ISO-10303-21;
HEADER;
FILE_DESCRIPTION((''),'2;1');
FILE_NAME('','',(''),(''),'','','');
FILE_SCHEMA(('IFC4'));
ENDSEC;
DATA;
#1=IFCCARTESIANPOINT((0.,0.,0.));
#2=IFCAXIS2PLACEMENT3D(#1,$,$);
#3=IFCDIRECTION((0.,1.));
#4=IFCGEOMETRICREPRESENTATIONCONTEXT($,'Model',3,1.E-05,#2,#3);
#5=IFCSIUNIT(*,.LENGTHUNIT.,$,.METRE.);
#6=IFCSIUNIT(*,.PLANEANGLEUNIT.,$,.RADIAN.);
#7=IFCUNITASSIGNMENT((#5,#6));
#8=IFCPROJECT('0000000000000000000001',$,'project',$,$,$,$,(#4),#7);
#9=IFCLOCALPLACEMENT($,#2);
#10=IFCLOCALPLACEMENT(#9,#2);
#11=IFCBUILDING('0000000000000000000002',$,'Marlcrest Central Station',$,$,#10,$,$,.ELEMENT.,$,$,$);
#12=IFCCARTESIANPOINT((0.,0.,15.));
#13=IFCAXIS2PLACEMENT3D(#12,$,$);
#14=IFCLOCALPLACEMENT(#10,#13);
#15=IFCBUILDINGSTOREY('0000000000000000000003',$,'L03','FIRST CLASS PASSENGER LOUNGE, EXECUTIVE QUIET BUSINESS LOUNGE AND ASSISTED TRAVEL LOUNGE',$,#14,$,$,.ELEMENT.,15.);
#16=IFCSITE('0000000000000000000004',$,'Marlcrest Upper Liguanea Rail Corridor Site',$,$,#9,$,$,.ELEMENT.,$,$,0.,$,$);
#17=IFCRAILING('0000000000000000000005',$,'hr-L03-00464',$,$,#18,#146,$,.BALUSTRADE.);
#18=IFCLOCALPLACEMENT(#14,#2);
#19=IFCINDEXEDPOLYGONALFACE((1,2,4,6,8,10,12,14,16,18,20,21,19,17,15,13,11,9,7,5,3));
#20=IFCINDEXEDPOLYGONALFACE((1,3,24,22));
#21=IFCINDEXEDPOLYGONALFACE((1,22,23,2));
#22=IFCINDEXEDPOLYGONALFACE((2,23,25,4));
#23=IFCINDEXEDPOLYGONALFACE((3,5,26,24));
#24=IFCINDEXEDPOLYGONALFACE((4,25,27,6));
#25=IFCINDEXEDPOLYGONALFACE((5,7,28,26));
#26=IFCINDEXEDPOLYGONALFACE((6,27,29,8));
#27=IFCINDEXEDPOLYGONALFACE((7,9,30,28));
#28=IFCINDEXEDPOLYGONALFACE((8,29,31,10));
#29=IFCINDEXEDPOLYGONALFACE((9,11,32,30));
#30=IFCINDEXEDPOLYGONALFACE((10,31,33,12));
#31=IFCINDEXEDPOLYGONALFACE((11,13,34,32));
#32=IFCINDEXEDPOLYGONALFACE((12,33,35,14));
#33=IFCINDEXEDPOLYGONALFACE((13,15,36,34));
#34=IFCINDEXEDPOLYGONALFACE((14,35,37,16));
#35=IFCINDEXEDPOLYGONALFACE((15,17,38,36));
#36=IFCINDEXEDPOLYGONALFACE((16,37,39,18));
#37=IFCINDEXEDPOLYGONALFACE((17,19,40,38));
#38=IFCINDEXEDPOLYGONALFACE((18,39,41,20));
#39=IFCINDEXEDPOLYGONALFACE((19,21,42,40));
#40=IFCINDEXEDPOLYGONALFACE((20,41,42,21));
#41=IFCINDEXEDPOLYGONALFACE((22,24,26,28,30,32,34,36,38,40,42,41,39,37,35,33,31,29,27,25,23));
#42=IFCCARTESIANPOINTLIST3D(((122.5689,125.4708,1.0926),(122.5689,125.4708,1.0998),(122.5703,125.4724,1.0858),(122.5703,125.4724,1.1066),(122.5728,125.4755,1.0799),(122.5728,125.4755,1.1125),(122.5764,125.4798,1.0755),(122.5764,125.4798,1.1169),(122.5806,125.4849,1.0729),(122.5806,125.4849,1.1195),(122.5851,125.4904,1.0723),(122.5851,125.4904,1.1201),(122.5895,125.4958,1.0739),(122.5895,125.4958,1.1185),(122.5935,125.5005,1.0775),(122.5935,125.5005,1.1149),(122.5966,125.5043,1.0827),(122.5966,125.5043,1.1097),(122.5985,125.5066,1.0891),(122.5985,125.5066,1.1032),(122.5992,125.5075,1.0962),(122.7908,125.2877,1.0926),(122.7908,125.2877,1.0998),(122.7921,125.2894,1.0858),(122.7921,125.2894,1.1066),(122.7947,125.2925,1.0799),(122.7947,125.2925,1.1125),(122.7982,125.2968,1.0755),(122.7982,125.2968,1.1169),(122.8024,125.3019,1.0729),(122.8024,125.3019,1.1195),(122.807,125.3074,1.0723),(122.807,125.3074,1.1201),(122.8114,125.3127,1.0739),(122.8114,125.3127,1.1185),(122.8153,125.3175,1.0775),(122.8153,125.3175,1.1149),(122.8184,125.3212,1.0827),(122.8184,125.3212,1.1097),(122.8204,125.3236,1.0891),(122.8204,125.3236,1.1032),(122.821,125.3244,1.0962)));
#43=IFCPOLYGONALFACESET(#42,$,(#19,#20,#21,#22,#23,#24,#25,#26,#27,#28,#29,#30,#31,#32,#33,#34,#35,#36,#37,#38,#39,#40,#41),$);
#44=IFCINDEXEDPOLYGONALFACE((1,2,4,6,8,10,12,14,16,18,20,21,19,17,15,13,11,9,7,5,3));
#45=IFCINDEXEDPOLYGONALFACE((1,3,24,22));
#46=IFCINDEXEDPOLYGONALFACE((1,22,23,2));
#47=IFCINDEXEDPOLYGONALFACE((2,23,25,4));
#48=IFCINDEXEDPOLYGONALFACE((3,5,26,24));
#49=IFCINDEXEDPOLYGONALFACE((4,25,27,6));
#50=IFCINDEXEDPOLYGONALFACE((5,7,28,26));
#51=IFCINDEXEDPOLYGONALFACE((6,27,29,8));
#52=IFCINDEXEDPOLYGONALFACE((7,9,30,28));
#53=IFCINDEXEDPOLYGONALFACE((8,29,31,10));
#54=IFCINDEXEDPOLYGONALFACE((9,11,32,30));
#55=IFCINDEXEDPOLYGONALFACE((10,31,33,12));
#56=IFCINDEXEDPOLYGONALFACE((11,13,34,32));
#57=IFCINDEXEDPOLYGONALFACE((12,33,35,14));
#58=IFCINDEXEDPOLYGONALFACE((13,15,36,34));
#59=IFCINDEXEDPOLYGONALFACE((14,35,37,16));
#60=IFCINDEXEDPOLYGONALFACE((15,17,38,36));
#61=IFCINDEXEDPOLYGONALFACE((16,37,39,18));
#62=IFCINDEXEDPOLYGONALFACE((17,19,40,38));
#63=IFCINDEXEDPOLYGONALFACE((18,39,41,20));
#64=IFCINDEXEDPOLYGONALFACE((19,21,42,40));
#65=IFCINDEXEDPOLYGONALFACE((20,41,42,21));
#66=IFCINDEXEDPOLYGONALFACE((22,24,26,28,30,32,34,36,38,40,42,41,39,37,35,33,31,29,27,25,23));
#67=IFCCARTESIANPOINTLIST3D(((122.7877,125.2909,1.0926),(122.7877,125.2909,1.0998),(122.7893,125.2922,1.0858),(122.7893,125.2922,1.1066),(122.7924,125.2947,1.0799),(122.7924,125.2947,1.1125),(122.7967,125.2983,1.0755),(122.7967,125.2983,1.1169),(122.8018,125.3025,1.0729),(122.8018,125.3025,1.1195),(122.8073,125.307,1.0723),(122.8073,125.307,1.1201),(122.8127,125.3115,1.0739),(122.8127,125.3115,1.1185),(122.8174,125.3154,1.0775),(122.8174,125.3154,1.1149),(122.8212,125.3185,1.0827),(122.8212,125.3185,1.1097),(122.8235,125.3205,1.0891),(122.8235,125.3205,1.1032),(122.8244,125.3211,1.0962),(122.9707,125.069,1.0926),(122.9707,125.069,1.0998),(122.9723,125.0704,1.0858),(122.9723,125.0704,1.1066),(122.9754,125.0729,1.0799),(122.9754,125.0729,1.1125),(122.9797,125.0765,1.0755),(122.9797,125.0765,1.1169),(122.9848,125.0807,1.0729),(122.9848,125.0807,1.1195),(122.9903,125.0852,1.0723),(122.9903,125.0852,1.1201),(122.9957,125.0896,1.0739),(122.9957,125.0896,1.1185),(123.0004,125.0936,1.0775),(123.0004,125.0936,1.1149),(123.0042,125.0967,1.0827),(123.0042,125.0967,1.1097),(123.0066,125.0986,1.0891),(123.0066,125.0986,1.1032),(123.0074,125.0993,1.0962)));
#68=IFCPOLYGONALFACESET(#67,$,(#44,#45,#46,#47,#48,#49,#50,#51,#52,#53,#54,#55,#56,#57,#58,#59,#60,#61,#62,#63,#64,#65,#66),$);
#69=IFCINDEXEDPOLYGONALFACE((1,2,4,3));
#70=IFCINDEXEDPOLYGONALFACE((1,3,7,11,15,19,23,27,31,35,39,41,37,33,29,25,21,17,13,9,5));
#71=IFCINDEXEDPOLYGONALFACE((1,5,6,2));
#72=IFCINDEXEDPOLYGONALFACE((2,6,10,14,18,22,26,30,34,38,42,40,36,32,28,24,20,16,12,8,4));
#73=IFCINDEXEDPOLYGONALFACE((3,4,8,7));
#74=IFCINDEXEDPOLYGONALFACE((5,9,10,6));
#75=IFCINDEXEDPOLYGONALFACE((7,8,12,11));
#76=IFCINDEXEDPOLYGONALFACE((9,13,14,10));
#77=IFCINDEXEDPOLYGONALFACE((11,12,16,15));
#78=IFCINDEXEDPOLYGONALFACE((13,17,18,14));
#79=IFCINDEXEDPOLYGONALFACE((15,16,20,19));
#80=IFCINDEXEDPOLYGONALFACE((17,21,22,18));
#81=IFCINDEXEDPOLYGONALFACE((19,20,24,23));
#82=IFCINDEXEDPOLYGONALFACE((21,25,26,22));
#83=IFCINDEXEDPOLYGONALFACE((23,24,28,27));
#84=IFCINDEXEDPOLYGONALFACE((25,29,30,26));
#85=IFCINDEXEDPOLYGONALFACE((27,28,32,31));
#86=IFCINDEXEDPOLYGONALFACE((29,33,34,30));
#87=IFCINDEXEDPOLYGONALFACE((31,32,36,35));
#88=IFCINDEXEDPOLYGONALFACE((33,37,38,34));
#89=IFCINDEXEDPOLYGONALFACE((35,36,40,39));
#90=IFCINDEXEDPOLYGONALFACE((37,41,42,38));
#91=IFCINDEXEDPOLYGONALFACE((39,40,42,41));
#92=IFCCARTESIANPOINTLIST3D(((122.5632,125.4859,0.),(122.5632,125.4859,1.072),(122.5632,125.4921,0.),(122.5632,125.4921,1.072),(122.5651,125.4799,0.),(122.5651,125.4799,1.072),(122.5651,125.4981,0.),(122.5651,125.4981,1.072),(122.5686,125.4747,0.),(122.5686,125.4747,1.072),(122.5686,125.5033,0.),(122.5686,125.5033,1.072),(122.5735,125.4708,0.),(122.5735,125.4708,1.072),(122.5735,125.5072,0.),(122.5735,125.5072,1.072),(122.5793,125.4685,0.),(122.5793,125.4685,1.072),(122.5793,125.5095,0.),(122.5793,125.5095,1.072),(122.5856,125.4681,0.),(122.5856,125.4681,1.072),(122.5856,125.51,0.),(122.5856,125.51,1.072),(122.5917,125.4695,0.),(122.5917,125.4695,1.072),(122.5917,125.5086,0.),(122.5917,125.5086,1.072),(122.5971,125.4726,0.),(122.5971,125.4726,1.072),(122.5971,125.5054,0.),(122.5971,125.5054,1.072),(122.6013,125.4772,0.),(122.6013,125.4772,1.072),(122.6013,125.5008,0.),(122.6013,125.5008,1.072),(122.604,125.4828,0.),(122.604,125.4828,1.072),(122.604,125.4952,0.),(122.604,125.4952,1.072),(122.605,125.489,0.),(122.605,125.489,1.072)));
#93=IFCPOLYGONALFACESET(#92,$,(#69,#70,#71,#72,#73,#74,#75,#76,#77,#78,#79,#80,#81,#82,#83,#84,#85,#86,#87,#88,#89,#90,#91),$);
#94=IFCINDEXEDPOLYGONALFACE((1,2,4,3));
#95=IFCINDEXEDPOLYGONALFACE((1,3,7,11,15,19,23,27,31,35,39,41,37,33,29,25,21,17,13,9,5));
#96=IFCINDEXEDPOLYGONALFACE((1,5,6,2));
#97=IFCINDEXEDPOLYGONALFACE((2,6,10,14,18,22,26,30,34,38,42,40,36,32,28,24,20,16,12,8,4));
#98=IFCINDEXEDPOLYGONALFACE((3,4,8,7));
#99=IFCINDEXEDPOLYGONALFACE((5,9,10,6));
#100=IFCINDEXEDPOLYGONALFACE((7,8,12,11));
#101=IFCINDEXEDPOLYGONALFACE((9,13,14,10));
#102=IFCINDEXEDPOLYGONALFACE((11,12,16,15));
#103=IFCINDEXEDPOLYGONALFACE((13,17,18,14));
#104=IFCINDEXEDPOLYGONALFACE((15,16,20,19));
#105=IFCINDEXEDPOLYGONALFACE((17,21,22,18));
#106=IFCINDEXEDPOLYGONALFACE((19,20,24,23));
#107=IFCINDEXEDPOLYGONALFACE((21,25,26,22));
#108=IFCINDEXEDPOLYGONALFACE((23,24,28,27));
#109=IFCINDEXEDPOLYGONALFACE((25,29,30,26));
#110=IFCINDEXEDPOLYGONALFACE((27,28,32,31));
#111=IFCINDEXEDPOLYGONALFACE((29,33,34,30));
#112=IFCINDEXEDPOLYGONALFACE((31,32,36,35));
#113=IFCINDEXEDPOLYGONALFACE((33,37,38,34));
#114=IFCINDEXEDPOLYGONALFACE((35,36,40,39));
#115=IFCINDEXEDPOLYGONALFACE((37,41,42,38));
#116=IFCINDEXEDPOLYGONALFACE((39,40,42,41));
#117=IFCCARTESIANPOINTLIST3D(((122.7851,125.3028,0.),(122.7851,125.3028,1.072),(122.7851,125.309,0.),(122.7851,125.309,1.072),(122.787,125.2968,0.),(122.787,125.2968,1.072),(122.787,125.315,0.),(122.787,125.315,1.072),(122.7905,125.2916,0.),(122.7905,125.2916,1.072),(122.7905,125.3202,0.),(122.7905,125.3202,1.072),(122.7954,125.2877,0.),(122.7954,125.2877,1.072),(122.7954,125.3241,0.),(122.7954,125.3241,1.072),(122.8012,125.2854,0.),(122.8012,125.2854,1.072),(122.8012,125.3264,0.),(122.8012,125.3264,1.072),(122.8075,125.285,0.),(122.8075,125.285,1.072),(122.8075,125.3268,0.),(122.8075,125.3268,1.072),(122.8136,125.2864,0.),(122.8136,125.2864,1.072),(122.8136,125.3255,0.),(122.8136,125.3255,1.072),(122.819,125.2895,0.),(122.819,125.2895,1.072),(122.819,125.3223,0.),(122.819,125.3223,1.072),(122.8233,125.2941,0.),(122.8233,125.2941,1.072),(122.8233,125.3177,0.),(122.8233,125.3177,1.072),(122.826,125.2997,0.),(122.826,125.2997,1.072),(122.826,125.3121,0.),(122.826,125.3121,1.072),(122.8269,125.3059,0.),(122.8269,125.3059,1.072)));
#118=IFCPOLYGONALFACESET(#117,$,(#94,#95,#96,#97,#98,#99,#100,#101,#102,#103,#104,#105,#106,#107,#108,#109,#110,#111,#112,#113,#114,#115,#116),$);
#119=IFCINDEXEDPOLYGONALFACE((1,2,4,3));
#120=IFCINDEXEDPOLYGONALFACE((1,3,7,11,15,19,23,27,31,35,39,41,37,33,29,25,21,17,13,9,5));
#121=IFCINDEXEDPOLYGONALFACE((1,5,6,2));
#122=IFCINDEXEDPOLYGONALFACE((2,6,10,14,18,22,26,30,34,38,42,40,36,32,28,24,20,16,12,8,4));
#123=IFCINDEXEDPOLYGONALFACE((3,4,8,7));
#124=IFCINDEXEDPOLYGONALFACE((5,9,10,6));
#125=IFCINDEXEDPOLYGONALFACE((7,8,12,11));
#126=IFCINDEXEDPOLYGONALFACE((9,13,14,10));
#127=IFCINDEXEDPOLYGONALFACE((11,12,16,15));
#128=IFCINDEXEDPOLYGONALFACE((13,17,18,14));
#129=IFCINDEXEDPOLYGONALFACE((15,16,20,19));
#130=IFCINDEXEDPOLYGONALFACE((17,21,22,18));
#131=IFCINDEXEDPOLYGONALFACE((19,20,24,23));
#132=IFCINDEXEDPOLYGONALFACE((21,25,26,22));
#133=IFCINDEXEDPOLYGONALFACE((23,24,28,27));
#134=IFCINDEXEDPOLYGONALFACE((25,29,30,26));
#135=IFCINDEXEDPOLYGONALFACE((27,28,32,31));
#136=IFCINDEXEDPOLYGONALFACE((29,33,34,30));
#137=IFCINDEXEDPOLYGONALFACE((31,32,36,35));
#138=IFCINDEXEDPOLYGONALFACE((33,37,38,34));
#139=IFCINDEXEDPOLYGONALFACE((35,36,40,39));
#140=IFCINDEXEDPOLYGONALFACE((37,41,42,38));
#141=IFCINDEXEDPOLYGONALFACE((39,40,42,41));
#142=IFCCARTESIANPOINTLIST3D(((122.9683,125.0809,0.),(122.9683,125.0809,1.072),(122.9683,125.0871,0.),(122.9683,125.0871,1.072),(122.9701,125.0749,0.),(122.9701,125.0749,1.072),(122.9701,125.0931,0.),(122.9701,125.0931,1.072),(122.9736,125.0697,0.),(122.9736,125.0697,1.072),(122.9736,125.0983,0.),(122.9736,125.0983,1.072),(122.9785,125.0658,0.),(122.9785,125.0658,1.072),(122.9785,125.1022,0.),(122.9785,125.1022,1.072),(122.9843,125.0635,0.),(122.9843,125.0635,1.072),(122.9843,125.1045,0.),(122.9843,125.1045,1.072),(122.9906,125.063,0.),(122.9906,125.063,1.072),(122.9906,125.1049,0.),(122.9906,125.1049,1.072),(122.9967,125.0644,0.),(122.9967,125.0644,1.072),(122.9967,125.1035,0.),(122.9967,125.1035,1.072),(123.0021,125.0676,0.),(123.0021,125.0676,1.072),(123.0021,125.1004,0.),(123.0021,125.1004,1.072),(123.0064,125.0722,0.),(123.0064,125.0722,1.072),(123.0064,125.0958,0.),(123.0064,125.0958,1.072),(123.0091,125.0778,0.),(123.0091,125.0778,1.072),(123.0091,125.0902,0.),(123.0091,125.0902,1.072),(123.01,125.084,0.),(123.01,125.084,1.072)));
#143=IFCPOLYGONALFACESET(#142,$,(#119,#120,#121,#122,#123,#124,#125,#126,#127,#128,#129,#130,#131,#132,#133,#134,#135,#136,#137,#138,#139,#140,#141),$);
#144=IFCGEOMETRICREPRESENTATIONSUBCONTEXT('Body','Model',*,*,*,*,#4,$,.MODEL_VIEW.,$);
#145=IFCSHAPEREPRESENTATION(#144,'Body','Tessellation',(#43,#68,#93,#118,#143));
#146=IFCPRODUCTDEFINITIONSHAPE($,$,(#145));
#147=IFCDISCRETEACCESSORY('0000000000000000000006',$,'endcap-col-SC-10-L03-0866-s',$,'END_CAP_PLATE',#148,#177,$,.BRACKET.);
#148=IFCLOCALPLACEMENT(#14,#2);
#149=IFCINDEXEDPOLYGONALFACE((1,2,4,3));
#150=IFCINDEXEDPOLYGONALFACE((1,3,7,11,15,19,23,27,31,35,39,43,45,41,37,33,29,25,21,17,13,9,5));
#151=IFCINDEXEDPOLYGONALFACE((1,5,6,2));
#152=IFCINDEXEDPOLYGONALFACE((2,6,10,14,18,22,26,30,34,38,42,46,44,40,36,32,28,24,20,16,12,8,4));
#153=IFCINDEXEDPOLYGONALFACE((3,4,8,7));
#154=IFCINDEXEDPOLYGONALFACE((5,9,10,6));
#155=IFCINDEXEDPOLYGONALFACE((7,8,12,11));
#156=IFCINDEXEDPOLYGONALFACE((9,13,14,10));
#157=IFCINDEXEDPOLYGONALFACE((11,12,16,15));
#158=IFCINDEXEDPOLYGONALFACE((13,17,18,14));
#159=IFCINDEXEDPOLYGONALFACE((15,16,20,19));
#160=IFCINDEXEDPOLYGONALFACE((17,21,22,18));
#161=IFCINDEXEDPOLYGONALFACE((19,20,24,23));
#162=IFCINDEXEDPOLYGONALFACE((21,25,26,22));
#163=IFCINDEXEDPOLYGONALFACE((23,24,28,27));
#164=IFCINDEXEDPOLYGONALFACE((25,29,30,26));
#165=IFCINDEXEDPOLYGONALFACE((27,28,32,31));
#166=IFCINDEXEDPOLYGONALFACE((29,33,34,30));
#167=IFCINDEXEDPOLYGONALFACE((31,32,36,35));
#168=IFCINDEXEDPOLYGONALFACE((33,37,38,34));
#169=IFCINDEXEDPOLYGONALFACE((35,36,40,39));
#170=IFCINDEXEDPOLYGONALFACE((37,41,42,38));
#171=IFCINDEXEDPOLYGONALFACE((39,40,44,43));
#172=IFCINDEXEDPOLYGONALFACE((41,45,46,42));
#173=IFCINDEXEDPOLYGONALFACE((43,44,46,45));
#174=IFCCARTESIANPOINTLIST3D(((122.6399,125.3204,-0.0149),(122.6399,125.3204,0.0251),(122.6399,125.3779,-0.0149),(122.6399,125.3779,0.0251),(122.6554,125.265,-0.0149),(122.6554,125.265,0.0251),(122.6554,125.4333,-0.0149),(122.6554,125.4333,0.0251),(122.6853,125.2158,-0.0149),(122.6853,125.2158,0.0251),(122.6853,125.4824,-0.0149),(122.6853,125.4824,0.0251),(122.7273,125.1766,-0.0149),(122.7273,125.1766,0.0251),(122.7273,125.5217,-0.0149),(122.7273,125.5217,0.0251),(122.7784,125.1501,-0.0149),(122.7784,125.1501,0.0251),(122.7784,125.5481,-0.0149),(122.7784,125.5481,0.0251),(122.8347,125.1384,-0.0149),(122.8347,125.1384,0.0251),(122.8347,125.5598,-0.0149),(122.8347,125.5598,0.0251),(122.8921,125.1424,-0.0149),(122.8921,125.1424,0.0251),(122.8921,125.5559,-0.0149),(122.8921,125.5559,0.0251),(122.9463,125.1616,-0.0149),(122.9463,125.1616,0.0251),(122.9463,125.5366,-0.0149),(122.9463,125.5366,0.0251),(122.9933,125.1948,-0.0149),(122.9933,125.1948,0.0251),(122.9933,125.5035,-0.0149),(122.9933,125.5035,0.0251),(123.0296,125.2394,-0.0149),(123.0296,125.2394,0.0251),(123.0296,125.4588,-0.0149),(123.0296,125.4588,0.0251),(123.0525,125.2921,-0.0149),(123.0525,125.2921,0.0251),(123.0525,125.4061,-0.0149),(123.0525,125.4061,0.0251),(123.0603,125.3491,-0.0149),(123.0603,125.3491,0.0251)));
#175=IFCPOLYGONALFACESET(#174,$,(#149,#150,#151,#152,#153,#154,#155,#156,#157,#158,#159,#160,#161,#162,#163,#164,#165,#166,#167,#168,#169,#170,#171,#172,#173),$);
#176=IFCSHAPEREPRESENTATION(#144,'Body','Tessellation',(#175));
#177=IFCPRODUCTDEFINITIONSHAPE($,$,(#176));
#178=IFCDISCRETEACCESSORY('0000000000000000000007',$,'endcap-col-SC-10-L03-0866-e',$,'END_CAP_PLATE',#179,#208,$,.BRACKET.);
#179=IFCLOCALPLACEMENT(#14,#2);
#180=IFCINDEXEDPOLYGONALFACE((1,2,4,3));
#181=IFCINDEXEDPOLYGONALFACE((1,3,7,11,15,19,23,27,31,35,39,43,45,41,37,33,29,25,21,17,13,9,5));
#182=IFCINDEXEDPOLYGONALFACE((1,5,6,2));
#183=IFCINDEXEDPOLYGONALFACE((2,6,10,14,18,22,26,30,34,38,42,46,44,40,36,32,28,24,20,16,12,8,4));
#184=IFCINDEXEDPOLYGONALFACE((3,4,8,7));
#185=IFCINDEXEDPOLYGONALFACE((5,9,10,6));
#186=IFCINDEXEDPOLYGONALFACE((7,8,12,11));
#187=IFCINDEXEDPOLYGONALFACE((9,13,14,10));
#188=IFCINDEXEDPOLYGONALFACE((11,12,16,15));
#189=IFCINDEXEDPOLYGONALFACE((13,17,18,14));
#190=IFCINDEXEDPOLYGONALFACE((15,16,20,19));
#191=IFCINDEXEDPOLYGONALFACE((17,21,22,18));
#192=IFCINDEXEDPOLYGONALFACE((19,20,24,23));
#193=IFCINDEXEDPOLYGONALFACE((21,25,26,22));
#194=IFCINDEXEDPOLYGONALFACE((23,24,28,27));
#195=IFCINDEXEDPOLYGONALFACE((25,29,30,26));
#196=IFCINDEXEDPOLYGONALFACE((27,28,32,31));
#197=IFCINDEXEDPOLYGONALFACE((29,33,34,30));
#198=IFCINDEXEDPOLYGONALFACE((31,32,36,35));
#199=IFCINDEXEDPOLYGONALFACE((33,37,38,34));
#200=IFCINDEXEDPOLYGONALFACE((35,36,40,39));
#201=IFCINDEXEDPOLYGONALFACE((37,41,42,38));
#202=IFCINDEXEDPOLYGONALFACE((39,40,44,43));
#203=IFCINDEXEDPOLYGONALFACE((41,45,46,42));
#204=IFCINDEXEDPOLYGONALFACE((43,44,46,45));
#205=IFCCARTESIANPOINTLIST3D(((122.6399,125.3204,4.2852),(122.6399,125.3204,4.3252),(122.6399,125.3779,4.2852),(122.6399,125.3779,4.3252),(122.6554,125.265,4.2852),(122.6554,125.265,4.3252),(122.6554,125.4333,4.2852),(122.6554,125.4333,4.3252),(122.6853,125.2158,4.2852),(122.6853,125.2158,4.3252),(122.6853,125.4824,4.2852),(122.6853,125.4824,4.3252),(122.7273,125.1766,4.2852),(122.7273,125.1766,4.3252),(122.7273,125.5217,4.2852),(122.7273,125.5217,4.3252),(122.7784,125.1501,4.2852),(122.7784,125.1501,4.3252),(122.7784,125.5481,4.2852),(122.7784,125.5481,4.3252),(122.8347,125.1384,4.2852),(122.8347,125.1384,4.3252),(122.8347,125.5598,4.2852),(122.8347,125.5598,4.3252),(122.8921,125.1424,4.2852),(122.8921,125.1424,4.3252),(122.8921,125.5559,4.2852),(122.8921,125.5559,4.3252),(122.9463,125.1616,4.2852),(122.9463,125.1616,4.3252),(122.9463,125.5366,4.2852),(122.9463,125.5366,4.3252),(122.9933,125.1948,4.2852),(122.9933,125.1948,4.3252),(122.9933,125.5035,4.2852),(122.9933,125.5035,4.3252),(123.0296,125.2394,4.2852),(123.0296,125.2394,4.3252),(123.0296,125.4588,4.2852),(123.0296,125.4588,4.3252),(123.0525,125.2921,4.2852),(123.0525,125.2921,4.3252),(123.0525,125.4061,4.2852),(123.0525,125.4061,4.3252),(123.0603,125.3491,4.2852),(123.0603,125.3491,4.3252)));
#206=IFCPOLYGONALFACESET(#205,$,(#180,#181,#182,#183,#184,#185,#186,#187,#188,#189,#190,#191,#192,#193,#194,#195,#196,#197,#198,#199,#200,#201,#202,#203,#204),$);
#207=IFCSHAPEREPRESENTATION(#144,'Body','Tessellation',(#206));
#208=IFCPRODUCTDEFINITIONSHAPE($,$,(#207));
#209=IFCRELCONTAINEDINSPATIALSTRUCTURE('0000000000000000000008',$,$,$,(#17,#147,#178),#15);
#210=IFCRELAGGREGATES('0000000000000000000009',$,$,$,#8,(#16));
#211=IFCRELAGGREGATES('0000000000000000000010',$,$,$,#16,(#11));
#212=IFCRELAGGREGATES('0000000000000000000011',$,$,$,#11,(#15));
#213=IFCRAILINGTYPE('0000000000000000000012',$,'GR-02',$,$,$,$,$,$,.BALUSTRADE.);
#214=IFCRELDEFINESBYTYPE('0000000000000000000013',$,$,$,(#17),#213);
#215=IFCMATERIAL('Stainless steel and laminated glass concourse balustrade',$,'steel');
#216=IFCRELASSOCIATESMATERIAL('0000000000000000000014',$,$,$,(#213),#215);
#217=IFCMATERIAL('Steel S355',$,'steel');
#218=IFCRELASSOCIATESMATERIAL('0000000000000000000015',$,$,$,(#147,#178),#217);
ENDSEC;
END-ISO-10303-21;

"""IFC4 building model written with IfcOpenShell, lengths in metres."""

from ifc_helpers import new_model, si_unit, direction, frame, origin, origin_2d, place, context, subcontext, project, spatial, circle, extrude, material, type_object, element, save


model = new_model("IFC4")

# Units and contexts
model_context = context("Model", 3, precision=1e-05, world=origin(), true_north=direction((0.0, 1.0)))
body_context = subcontext(model_context, "Body", "Model", "MODEL_VIEW")
ifc_project = project(units=[si_unit("LENGTHUNIT", "METRE"), si_unit("PLANEANGLEUNIT", "RADIAN")], contexts=[model_context])

# Site, building, storey
site_placement = place(None, origin())
site = spatial("IfcSite", under=ifc_project, at=site_placement, Name="Marlcrest Upper Liguanea Rail Corridor Site", CompositionType="ELEMENT", RefElevation=0.0)
building_placement = place(site_placement, origin())
building = spatial("IfcBuilding", under=site, at=building_placement, Name="Marlcrest Central Station", CompositionType="ELEMENT")
storey_placement = place(building_placement, frame((0.0, 0.0, 15.0)))
storey = spatial("IfcBuildingStorey", under=building, at=storey_placement, Name="L03", Description="FIRST CLASS PASSENGER LOUNGE, EXECUTIVE QUIET BUSINESS LOUNGE AND ASSISTED TRAVEL LOUNGE", CompositionType="ELEMENT", Elevation=15.0)

# Shared definitions
ifc_material_1 = material(Name="Steel S355", Category="steel")

# Railing
ifc_material_2 = material(Name="Stainless steel and laminated glass concourse balustrade", Category="steel")
railing_type = type_object("IfcRailingType", Name="GR-02", PredefinedType="BALUSTRADE", material=ifc_material_2)
railing_1_placement = place(storey_placement, frame((122.584, 125.489, 0.0)))
element("IfcRailing", 1, at=railing_1_placement, inside=storey, type_object=railing_type, Name="hr-L03-00464", PredefinedType="BALUSTRADE", context=body_context, shape_type="SweptSolid", body=[
    extrude(circle(Radius=0.0239, at=origin_2d()), frame((0.0, 0.0, 1.0962), z_axis=(0.771342, -0.636421, 0.0), x_axis=(0.636421, 0.771342, 0.0)), (0.0, 0.0, 1.0), 0.2876),
    extrude(circle(Radius=0.0239, at=origin_2d()), frame((0.2219, -0.1831, 1.0962), z_axis=(0.636421, -0.771342, 0.0), x_axis=(0.771342, 0.636421, 0.0)), (0.0, 0.0, 1.0), 0.2876),
    extrude(circle(Radius=0.021, at=origin_2d()), origin(), (0.0, 0.0, 1.0), 1.072),
    extrude(circle(Radius=0.021, at=origin_2d()), frame((0.2219, -0.1831, 0.0)), (0.0, 0.0, 1.0), 1.072),
    extrude(circle(Radius=0.021, at=origin_2d()), frame((0.405, -0.405, 0.0)), (0.0, 0.0, 1.0), 1.072),
])

# Discrete accessories
for number, where, z_axis, x_axis, name in (
    (2, (122.8491, 125.3491, -0.0149), (0.0, 0.0, 1.0), (1.0, 0.0, 0.0), "endcap-col-SC-10-L03-0866-s"),
    (3, (122.8491, 125.3491, 4.2852), (0.0, 0.0, 1.0), (1.0, 0.0, 0.0), "endcap-col-SC-10-L03-0866-e"),
):
    element("IfcDiscreteAccessory", number, at=place(storey_placement, frame(where, z_axis=z_axis, x_axis=x_axis)), inside=storey, material=ifc_material_1, Name=name, ObjectType="END_CAP_PLATE", PredefinedType="BRACKET", context=body_context, shape_type="SweptSolid", body=[
        extrude(circle(Radius=0.2112, at=origin_2d()), origin(), (0.0, 0.0, 1.0), 0.04),
    ])

save(model, "model.ifc")
